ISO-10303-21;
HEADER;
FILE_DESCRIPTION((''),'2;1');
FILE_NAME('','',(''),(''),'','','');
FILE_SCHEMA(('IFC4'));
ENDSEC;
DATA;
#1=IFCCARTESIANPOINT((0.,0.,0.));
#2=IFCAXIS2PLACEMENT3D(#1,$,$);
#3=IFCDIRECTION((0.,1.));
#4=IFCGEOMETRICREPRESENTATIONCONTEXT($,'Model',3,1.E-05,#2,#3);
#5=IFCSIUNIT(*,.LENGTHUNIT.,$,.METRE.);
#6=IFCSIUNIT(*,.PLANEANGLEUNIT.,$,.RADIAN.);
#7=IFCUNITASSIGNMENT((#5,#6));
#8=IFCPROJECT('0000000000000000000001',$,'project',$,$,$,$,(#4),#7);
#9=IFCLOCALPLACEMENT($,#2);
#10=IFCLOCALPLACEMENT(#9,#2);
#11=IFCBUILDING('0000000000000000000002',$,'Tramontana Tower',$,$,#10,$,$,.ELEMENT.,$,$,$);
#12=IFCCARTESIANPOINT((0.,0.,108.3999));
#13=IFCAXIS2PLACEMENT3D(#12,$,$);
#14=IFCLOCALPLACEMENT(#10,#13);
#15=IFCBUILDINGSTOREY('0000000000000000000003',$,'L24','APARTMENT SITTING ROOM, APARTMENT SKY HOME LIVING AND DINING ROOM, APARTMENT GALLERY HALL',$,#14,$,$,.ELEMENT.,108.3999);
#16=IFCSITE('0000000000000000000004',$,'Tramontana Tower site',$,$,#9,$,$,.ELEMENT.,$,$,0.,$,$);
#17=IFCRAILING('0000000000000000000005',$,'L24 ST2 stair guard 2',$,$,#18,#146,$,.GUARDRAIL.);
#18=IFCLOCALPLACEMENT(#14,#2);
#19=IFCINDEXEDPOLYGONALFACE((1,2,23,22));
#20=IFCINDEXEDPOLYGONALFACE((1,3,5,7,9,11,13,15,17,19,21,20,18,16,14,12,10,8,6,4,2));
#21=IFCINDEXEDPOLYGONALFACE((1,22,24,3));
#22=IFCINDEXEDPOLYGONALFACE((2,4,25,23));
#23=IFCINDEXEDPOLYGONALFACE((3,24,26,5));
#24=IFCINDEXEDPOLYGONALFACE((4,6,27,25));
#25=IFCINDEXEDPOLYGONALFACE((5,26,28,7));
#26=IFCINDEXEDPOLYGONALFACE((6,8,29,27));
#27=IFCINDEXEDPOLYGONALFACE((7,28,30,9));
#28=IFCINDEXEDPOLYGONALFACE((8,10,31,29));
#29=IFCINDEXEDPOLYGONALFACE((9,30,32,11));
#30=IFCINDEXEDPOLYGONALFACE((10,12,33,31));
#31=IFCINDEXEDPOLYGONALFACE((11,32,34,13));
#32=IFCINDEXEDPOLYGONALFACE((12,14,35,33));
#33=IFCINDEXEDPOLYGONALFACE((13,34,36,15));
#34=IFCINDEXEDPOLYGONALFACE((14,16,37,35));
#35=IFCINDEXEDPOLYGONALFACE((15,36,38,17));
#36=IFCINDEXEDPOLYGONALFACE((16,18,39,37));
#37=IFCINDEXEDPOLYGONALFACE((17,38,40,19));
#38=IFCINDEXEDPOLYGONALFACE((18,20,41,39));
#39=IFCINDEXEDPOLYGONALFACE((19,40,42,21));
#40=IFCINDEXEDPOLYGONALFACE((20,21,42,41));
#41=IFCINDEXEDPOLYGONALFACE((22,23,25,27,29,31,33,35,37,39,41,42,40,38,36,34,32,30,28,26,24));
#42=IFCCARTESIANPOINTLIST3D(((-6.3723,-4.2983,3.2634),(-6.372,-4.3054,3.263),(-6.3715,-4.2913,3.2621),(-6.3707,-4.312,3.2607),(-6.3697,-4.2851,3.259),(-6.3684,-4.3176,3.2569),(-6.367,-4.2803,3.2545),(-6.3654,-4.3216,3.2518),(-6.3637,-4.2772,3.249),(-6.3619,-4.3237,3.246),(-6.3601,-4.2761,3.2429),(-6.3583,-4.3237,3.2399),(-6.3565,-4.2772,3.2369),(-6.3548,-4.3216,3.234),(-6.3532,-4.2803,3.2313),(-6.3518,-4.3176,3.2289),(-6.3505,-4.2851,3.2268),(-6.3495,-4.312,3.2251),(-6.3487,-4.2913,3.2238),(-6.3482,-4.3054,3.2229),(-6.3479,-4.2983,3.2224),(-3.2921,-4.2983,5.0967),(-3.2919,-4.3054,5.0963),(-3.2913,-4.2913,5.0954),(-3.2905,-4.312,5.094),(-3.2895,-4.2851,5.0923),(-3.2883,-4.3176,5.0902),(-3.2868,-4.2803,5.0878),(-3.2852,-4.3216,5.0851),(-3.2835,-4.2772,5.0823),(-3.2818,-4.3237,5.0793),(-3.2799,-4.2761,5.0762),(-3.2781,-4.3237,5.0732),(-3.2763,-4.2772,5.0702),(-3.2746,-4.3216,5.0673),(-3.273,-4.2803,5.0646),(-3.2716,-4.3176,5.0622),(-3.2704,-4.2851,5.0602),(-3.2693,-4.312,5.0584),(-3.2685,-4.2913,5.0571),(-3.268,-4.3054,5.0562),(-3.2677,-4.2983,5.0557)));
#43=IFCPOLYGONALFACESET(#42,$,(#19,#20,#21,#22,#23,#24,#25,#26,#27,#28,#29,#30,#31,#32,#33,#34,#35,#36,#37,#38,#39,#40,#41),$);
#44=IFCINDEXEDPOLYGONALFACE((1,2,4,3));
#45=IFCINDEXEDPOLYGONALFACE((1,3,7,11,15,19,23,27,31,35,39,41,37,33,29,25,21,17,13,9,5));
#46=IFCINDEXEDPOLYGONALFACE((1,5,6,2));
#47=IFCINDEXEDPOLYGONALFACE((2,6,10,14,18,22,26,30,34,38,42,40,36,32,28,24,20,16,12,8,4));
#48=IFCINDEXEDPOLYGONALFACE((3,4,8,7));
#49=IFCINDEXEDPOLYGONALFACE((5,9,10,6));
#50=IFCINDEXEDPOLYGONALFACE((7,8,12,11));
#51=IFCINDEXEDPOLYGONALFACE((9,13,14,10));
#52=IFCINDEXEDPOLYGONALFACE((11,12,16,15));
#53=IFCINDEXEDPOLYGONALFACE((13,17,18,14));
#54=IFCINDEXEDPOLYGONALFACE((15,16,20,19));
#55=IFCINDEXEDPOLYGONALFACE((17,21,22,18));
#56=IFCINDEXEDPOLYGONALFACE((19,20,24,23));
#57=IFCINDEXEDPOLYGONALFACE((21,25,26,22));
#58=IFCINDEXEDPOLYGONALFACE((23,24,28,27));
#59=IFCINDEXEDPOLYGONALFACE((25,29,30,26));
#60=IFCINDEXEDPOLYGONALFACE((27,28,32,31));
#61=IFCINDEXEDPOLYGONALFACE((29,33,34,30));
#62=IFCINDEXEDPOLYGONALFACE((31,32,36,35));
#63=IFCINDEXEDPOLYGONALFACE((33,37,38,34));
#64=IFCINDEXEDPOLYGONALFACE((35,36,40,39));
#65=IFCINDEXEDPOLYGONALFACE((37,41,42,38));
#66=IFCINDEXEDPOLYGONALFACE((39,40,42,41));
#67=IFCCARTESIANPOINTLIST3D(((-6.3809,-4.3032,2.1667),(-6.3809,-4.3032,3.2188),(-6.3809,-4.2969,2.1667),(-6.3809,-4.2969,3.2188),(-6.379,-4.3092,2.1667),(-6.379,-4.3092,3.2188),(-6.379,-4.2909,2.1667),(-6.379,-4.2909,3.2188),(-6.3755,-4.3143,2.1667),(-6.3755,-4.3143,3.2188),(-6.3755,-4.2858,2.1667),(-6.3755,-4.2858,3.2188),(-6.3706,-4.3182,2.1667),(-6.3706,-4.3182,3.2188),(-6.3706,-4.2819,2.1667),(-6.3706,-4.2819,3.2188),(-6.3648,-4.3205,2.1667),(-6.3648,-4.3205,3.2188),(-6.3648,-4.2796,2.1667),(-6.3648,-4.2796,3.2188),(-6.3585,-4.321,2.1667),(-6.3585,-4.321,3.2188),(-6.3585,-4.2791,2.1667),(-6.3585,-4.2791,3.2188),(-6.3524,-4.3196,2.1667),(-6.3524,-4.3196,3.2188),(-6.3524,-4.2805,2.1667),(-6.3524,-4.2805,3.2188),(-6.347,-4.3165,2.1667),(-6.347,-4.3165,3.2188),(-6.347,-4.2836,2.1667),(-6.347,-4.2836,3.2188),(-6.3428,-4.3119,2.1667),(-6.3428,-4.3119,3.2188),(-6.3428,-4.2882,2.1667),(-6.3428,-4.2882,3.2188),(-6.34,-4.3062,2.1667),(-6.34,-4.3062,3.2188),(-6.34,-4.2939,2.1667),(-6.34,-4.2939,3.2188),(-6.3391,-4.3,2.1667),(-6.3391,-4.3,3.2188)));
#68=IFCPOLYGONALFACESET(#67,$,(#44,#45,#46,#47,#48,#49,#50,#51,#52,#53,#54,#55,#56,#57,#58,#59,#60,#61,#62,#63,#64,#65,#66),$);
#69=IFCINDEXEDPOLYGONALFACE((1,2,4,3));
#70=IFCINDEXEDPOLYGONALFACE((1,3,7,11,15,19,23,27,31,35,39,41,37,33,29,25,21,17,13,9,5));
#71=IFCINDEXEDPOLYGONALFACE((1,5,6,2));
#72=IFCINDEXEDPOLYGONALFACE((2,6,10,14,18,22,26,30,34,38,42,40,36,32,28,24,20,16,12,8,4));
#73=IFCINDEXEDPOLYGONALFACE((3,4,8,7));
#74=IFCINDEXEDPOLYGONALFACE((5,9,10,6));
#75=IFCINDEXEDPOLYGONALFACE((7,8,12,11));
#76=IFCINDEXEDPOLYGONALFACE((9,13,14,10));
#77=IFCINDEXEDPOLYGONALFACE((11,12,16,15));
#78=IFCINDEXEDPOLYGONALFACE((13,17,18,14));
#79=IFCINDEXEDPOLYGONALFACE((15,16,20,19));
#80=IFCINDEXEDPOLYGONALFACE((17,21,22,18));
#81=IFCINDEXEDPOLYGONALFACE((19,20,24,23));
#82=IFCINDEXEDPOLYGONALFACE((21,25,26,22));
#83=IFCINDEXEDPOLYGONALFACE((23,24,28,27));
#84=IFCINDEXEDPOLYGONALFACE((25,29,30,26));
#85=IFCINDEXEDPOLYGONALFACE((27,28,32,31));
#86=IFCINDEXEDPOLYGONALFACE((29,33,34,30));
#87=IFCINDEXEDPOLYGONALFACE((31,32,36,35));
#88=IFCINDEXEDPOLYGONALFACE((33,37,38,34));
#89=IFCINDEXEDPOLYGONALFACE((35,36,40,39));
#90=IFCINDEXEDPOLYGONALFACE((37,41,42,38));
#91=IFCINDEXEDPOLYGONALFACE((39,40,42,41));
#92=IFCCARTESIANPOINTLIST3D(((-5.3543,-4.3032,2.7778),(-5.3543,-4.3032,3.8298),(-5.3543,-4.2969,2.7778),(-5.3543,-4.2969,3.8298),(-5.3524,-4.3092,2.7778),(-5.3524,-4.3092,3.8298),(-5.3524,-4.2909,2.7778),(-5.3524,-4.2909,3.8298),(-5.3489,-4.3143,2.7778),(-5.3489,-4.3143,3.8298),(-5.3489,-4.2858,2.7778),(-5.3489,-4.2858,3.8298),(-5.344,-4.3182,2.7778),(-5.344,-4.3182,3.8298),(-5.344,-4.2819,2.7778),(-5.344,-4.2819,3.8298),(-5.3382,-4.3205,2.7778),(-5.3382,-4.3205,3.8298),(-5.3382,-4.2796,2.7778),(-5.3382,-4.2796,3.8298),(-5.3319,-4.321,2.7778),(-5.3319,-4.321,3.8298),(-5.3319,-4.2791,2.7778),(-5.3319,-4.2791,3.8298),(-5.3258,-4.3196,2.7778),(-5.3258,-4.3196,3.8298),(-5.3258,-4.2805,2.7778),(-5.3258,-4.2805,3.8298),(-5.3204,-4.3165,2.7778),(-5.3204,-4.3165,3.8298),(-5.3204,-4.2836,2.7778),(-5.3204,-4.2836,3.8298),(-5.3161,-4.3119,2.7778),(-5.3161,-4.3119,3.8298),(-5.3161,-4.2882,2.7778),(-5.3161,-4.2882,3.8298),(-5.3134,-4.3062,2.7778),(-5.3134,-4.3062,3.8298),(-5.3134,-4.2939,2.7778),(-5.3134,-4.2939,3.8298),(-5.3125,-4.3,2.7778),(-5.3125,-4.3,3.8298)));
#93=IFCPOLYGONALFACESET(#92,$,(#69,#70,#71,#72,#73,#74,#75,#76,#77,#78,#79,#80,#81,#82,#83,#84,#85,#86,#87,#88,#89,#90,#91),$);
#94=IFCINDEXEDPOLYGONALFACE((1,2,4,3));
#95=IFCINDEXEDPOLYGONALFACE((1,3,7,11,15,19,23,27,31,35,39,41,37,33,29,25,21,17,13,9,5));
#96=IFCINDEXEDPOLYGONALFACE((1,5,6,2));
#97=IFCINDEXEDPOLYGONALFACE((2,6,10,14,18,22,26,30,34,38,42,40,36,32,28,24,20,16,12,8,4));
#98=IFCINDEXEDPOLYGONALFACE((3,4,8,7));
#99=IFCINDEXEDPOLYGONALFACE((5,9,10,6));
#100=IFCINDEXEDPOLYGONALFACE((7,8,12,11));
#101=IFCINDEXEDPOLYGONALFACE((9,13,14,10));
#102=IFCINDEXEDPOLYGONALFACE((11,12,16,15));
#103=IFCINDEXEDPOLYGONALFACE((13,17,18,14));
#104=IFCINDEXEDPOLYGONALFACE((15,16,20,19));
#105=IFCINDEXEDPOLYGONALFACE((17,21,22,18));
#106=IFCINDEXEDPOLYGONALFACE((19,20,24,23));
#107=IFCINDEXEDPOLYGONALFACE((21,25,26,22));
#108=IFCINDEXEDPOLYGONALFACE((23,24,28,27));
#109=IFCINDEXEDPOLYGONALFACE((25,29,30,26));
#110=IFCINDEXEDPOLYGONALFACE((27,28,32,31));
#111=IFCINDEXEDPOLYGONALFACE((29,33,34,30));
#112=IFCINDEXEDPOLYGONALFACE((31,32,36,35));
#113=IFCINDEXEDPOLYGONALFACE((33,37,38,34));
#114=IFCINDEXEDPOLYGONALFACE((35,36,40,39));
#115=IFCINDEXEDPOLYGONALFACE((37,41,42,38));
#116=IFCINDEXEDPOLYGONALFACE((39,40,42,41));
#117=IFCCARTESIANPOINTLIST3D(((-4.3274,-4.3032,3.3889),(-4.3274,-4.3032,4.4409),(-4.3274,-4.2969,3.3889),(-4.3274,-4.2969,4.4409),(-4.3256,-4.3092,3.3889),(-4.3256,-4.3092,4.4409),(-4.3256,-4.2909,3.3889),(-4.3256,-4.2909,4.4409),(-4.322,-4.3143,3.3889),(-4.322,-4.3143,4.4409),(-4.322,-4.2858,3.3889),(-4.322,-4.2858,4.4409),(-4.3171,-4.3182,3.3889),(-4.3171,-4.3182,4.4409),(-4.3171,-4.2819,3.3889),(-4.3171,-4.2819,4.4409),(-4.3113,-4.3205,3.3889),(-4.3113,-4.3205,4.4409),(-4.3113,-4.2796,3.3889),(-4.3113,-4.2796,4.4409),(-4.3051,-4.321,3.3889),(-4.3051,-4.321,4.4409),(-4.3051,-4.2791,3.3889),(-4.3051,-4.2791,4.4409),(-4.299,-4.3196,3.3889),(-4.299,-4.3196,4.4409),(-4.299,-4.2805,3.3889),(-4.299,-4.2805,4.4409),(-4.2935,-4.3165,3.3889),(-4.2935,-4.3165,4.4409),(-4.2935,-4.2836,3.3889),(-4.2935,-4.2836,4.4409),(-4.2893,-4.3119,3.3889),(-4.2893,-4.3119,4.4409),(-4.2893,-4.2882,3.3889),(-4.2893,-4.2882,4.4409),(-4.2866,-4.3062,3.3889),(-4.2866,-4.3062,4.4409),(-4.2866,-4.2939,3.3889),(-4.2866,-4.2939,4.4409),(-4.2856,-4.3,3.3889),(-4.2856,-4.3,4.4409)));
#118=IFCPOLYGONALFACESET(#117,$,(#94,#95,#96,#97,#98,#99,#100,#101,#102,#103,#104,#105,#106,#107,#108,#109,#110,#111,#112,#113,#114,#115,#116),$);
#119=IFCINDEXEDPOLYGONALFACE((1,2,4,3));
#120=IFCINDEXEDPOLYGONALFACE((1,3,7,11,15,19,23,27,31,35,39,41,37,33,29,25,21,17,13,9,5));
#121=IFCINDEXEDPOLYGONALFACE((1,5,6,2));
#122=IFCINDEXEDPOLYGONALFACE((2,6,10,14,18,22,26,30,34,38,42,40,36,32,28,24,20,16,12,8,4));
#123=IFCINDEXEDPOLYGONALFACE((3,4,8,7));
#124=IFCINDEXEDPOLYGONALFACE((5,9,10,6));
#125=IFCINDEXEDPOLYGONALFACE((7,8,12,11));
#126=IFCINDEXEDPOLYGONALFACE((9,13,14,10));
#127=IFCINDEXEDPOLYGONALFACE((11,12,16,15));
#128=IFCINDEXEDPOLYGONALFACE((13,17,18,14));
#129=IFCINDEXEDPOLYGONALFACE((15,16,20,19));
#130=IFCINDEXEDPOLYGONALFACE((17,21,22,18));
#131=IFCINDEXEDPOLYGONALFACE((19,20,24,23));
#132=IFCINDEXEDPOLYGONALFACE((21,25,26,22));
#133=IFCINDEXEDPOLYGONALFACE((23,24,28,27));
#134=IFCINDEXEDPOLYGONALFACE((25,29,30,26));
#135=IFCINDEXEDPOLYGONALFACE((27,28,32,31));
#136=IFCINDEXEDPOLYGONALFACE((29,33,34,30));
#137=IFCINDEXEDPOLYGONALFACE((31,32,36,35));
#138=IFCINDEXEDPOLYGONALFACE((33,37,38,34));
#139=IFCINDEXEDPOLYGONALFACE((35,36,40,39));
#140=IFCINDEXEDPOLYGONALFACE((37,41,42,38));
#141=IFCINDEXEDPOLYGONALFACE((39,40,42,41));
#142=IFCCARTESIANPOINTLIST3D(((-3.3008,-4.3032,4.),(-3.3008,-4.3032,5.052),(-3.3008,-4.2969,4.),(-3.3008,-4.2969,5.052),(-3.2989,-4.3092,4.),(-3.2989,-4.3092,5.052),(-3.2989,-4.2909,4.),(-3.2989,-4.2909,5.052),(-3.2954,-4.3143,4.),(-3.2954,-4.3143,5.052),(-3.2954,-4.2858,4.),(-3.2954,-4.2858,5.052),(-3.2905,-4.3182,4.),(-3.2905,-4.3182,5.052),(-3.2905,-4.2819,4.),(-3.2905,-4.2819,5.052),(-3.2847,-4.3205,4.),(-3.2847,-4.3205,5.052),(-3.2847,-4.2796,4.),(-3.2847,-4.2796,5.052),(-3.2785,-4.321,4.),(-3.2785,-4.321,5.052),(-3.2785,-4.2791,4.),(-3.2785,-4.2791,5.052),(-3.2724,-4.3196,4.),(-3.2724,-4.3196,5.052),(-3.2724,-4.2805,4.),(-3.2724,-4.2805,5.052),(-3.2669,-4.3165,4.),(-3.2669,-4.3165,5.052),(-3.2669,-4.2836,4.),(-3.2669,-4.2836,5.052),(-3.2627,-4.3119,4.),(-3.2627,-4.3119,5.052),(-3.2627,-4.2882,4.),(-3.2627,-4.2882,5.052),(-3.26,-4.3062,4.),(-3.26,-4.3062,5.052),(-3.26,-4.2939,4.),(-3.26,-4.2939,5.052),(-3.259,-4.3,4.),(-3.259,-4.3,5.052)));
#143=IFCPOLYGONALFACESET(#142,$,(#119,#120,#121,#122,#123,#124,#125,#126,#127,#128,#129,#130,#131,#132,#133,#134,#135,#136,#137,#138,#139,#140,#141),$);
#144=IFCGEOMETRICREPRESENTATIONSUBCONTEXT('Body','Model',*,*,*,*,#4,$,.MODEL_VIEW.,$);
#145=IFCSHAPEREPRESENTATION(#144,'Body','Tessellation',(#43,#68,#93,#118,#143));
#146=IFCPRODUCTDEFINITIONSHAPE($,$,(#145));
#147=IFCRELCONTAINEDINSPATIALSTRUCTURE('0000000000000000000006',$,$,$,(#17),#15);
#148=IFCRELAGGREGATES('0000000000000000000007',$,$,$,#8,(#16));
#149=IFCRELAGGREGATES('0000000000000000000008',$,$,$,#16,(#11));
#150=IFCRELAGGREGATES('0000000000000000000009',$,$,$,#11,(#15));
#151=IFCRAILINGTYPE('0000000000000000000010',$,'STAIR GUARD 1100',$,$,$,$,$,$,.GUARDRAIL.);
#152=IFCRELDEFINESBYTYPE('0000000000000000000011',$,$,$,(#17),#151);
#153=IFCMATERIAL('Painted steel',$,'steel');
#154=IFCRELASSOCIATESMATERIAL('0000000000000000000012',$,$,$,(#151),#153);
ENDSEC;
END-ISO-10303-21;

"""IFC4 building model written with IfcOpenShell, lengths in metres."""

from ifc_helpers import new_model, si_unit, direction, frame, origin, origin_2d, place, context, subcontext, project, spatial, circle, extrude, material, type_object, element, save


model = new_model("IFC4")

# Units and contexts
model_context = context("Model", 3, precision=1e-05, world=origin(), true_north=direction((0.0, 1.0)))
body_context = subcontext(model_context, "Body", "Model", "MODEL_VIEW")
ifc_project = project(units=[si_unit("LENGTHUNIT", "METRE"), si_unit("PLANEANGLEUNIT", "RADIAN")], contexts=[model_context])

# Site, building, storey
site_placement = place(None, origin())
site = spatial("IfcSite", under=ifc_project, at=site_placement, Name="Tramontana Tower site", CompositionType="ELEMENT", RefElevation=0.0)
building_placement = place(site_placement, origin())
building = spatial("IfcBuilding", under=site, at=building_placement, Name="Tramontana Tower", CompositionType="ELEMENT")
storey_placement = place(building_placement, frame((0.0, 0.0, 108.3999)))
storey = spatial("IfcBuildingStorey", under=building, at=storey_placement, Name="L24", Description="APARTMENT SITTING ROOM, APARTMENT SKY HOME LIVING AND DINING ROOM, APARTMENT GALLERY HALL", CompositionType="ELEMENT", Elevation=108.3999)

# Railing
ifc_material_1 = material(Name="Painted steel", Category="steel")
railing_type_1 = type_object("IfcRailingType", Name="STAIR GUARD 1100", PredefinedType="GUARDRAIL", material=ifc_material_1)
railing_1_placement = place(storey_placement, frame((-6.3601, -4.3, 2.1667)))
element("IfcRailing", 1, at=railing_1_placement, inside=storey, type_object=railing_type_1, Name="L24 ST2 stair guard 2", PredefinedType="GUARDRAIL", context=body_context, shape_type="SweptSolid", body=[
    extrude(circle(Radius=0.0239, at=origin_2d()), frame((0.0, 0.0, 1.0762), z_axis=(0.859309, 0.0, 0.511458), x_axis=(0.0, 1.0, 0.0)), (0.0, 0.0, 1.0), 3.5845),
    extrude(circle(Radius=0.021, at=origin_2d()), origin(), (0.0, 0.0, 1.0), 1.052),
    extrude(circle(Radius=0.021, at=origin_2d()), frame((1.0266, 0.0, 0.6111)), (0.0, 0.0, 1.0), 1.052),
    extrude(circle(Radius=0.021, at=origin_2d()), frame((2.0535, 0.0, 1.2222)), (0.0, 0.0, 1.0), 1.052),
    extrude(circle(Radius=0.021, at=origin_2d()), frame((3.0801, 0.0, 1.8333)), (0.0, 0.0, 1.0), 1.052),
])

save(model, "model.ifc")
